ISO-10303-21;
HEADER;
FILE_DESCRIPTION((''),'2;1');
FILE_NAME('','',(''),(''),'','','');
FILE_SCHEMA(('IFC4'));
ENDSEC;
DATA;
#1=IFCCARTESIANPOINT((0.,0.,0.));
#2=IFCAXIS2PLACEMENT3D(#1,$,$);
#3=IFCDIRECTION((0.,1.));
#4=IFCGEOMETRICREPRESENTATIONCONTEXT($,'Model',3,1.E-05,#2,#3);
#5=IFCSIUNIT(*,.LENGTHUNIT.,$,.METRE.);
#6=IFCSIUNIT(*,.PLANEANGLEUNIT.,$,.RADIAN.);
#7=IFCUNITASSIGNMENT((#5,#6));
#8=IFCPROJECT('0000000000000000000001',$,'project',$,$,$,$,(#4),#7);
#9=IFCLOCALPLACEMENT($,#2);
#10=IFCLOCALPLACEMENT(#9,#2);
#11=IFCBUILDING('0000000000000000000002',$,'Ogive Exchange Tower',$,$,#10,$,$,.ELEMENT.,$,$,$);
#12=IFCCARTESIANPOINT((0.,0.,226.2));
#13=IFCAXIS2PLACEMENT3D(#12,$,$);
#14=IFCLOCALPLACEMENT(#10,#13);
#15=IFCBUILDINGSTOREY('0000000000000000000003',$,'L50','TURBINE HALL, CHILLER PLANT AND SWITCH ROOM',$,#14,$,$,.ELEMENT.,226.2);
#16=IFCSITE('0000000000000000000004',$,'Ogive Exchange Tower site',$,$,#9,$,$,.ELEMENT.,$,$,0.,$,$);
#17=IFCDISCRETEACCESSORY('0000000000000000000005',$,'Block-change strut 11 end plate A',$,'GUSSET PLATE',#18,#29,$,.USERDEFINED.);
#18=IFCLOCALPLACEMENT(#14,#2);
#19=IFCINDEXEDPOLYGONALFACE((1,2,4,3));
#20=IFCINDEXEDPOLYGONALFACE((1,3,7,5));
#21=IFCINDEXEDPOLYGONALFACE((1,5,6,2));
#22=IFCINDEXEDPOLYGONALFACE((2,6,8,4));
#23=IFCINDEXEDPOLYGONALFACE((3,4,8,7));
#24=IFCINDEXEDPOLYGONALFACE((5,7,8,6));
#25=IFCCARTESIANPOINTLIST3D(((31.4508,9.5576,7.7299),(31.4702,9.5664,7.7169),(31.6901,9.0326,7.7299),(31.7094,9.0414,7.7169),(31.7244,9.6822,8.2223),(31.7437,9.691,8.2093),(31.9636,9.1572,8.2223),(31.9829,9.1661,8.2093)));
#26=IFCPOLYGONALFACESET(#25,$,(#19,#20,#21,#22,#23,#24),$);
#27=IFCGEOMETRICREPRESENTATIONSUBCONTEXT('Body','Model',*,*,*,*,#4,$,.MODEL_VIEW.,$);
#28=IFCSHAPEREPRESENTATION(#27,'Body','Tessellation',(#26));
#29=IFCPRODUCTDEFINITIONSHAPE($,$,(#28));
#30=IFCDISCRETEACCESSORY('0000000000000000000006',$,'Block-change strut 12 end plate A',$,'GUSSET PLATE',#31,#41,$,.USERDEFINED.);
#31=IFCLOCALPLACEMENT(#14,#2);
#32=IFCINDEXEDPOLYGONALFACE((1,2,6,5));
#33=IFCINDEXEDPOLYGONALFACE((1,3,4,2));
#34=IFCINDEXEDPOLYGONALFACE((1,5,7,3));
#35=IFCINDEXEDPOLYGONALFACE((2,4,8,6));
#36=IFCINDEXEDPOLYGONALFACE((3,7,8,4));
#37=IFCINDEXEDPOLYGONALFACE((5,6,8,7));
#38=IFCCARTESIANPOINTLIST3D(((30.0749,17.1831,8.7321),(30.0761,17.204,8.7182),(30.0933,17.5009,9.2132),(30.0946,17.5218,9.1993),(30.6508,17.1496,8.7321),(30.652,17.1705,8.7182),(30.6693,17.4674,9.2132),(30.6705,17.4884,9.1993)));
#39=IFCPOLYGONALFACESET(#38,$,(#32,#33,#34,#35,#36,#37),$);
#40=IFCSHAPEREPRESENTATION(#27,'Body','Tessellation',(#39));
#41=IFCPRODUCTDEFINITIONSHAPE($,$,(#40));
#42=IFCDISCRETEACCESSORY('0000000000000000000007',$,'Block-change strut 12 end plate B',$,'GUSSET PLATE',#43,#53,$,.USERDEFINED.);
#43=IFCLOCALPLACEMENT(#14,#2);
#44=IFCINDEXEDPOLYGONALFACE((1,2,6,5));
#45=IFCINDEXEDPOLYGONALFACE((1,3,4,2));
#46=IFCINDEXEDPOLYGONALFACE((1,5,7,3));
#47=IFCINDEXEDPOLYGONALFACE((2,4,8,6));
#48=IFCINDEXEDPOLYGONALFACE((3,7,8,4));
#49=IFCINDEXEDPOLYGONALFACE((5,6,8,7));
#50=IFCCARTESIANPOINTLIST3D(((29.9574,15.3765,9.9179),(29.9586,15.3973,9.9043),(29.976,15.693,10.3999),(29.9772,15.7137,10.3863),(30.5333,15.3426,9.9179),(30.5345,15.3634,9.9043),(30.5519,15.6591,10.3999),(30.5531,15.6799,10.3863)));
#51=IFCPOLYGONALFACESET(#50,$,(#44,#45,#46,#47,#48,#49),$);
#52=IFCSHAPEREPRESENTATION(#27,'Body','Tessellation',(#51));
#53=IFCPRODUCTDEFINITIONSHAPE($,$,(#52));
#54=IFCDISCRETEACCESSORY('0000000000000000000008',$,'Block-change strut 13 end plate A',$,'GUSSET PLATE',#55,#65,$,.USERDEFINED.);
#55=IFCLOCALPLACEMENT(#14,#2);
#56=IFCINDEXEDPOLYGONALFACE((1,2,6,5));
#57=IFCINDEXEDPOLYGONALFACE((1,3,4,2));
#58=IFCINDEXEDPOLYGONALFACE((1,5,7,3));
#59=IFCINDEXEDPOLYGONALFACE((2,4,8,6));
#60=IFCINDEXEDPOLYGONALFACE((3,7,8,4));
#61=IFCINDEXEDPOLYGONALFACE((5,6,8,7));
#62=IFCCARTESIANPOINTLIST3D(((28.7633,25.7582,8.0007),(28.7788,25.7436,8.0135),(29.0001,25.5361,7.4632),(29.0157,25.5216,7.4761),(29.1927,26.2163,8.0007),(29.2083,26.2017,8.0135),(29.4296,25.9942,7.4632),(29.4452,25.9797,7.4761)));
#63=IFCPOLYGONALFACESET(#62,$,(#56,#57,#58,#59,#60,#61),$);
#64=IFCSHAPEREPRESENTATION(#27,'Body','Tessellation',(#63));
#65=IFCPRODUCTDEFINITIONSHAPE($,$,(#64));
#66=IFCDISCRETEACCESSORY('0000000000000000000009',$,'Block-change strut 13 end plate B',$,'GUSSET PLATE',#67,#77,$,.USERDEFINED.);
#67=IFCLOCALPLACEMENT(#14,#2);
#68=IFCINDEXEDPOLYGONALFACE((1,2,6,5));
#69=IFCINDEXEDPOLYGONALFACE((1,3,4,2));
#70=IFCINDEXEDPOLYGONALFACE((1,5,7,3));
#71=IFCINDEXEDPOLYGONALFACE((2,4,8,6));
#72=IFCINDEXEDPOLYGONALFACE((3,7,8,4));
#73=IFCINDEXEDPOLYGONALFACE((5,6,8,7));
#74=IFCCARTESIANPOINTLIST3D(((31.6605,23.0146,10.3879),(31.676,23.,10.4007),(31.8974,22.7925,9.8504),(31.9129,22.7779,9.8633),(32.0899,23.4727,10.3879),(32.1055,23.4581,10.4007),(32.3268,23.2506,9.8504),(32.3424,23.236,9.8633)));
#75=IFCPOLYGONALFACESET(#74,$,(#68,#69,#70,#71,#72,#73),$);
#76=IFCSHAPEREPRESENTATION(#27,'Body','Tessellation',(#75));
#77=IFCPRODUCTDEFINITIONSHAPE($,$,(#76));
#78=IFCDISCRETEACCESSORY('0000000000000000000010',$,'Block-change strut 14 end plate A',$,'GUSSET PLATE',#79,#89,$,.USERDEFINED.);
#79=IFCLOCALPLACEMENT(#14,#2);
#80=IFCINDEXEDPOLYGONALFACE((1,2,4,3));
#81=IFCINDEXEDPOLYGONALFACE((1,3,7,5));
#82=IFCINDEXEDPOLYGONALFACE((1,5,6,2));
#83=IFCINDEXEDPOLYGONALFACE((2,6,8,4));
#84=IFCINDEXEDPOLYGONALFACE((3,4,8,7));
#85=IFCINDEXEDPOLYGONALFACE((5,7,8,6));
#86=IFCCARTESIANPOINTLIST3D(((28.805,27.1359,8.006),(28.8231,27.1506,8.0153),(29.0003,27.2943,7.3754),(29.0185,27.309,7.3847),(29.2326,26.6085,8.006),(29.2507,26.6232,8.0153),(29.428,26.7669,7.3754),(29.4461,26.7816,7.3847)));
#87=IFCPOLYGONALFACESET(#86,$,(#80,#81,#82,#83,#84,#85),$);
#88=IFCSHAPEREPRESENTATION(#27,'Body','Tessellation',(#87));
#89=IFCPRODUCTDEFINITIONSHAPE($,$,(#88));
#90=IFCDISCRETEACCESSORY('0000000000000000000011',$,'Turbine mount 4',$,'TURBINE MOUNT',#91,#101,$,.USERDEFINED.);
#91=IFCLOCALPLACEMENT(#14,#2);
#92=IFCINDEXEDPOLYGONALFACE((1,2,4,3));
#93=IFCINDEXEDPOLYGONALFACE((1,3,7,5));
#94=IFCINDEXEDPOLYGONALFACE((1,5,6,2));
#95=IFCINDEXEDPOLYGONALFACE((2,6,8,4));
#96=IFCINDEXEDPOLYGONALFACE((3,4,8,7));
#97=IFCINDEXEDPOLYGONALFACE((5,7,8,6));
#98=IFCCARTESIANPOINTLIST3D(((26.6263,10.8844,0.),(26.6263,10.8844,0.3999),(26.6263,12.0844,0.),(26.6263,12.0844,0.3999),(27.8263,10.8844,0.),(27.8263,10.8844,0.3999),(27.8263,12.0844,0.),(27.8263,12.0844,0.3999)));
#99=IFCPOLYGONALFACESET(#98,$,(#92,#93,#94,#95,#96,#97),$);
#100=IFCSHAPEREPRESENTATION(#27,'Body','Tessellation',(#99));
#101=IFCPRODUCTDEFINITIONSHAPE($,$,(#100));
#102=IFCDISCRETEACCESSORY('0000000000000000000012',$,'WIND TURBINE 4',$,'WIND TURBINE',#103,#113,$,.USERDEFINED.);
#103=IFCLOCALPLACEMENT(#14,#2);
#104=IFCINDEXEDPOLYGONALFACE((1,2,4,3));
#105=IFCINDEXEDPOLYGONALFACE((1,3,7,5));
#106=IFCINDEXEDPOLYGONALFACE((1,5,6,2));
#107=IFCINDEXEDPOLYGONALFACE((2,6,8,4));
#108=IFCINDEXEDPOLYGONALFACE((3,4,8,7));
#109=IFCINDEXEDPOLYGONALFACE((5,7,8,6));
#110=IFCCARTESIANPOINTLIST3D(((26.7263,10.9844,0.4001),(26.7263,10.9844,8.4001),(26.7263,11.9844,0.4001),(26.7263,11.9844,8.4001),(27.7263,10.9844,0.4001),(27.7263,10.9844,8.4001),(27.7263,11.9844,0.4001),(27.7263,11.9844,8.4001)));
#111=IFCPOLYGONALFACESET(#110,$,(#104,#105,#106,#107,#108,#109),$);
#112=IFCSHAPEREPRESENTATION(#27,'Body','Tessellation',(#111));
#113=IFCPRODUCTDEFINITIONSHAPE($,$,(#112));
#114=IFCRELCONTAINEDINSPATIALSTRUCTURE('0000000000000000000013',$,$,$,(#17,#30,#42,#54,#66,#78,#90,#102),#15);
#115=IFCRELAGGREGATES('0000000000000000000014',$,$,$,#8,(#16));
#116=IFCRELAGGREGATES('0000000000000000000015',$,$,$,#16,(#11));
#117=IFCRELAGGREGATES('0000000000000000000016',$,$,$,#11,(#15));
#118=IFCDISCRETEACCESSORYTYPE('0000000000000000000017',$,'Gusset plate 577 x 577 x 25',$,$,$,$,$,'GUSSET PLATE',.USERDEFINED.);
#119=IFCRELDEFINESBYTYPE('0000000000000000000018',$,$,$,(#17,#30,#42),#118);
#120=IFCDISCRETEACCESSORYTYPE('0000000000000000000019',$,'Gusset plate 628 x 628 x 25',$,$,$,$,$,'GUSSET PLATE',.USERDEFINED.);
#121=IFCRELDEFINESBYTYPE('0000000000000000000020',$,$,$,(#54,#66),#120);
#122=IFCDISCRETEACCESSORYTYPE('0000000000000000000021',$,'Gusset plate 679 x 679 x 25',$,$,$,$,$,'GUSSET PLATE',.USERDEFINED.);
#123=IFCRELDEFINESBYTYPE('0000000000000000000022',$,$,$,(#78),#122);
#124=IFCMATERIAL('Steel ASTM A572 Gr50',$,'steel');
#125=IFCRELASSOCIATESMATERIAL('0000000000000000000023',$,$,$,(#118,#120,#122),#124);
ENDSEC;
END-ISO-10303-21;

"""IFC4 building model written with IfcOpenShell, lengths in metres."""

from ifc_helpers import new_model, si_unit, direction, frame, origin, origin_2d, place, context, subcontext, project, spatial, rectangle, extrude, material, material_profile, profile_set, type_object, element, save


model = new_model("IFC4")

# Units and contexts
model_context = context("Model", 3, precision=1e-05, world=origin(), true_north=direction((0.0, 1.0)))
body_context = subcontext(model_context, "Body", "Model", "MODEL_VIEW")
ifc_project = project(units=[si_unit("LENGTHUNIT", "METRE"), si_unit("PLANEANGLEUNIT", "RADIAN")], contexts=[model_context])

# Site, building, storey
site_placement = place(None, origin())
site = spatial("IfcSite", under=ifc_project, at=site_placement, Name="Ogive Exchange Tower site", CompositionType="ELEMENT", RefElevation=0.0)
building_placement = place(site_placement, origin())
building = spatial("IfcBuilding", under=site, at=building_placement, Name="Ogive Exchange Tower", CompositionType="ELEMENT")
storey_placement = place(building_placement, frame((0.0, 0.0, 226.2)))
storey = spatial("IfcBuildingStorey", under=building, at=storey_placement, Name="L50", Description="TURBINE HALL, CHILLER PLANT AND SWITCH ROOM", CompositionType="ELEMENT", Elevation=226.2)

# Discrete accessories
ifc_material_1 = material(Name="Steel ASTM A572 Gr50", Category="steel")
ifc_material_profile_1 = material_profile(ifc_material_1, rectangle(XDim=0.5769, YDim=0.5769, at=origin_2d()), Name="PL 577 x 577 x 25")
ifc_profile_set_1 = profile_set([ifc_material_profile_1], Name="Steel ASTM A572 Gr50")
discrete_accessory_type_1 = type_object("IfcDiscreteAccessoryType", Name="Gusset plate 577 x 577 x 25", ElementType="GUSSET PLATE", PredefinedType="USERDEFINED", material=ifc_profile_set_1)
for number, where, z_axis, x_axis, name in (
    (1, (31.7266, 9.3662, 7.9631), (-0.776678, -0.353929, 0.521062), (0.414671, -0.909972, 0.0), "Block-change strut 11 end plate A"),
):
    element("IfcDiscreteAccessory", number, at=place(storey_placement, frame(where, z_axis=z_axis, x_axis=x_axis)), inside=storey, type_object=discrete_accessory_type_1, Name=name, ObjectType="GUSSET PLATE", PredefinedType="USERDEFINED", context=body_context, shape_type="SweptSolid", body=[
        extrude(rectangle(XDim=0.5769, YDim=0.5769, at=origin_2d()), origin(), (0.0, 0.0, 1.0), 0.0249),
    ])
discrete_accessory_1_placement = place(storey_placement, frame((30.3733, 17.3462, 8.9587), z_axis=(-0.048405, -0.832561, 0.551814), x_axis=(0.998314, -0.058042, 0.0)))
element("IfcDiscreteAccessory", 2, at=discrete_accessory_1_placement, inside=storey, type_object=discrete_accessory_type_1, Name="Block-change strut 12 end plate A", ObjectType="GUSSET PLATE", PredefinedType="USERDEFINED", context=body_context, shape_type="SweptSolid", body=[
    extrude(rectangle(XDim=0.5769, YDim=0.5769, at=origin_2d()), origin(), (0.0, 0.0, 1.0), 0.0251),
])
discrete_accessory_2_placement = place(storey_placement, frame((30.2559, 15.5386, 10.1453), z_axis=(-0.049062, -0.834055, 0.549495), x_axis=(0.998274, -0.058722, 0.0)))
element("IfcDiscreteAccessory", 3, at=discrete_accessory_2_placement, inside=storey, type_object=discrete_accessory_type_1, Name="Block-change strut 12 end plate B", ObjectType="GUSSET PLATE", PredefinedType="USERDEFINED", context=body_context, shape_type="SweptSolid", body=[
    extrude(rectangle(XDim=0.5769, YDim=0.5769, at=origin_2d()), origin(), (0.0, 0.0, 1.0), 0.0249),
])
ifc_material_profile_2 = material_profile(ifc_material_1, rectangle(XDim=0.6279, YDim=0.6279, at=origin_2d()), Name="PL 628 x 628 x 25")
ifc_profile_set_2 = profile_set([ifc_material_profile_2], Name="Steel ASTM A572 Gr50")
discrete_accessory_type_2 = type_object("IfcDiscreteAccessoryType", Name="Gusset plate 628 x 628 x 25", ElementType="GUSSET PLATE", PredefinedType="USERDEFINED", material=ifc_profile_set_2)
for number, where, z_axis, x_axis, name in (
    (4, (29.0964, 25.8762, 7.7319), (0.624427, -0.585401, 0.517104), (0.683941, 0.729537, 0.0), "Block-change strut 13 end plate A"),
    (5, (31.9937, 23.1326, 10.1191), (0.624427, -0.585401, 0.517104), (0.683941, 0.729537, 0.0), "Block-change strut 13 end plate B"),
):
    element("IfcDiscreteAccessory", number, at=place(storey_placement, frame(where, z_axis=z_axis, x_axis=x_axis)), inside=storey, type_object=discrete_accessory_type_2, Name=name, ObjectType="GUSSET PLATE", PredefinedType="USERDEFINED", context=body_context, shape_type="SweptSolid", body=[
        extrude(rectangle(XDim=0.6279, YDim=0.6279, at=origin_2d()), origin(), (0.0, 0.0, 1.0), 0.0249),
    ])
ifc_material_profile_3 = material_profile(ifc_material_1, rectangle(XDim=0.679, YDim=0.679, at=origin_2d()), Name="PL 679 x 679 x 25")
ifc_profile_set_3 = profile_set([ifc_material_profile_3], Name="Steel ASTM A572 Gr50")
discrete_accessory_type_3 = type_object("IfcDiscreteAccessoryType", Name="Gusset plate 679 x 679 x 25", ElementType="GUSSET PLATE", PredefinedType="USERDEFINED", material=ifc_profile_set_3)
discrete_accessory_3_placement = place(storey_placement, frame((29.1165, 26.9514, 7.6907), z_axis=(0.721479, 0.584983, 0.370489), x_axis=(-0.629802, 0.776756, 0.0)))
element("IfcDiscreteAccessory", 6, at=discrete_accessory_3_placement, inside=storey, type_object=discrete_accessory_type_3, Name="Block-change strut 14 end plate A", ObjectType="GUSSET PLATE", PredefinedType="USERDEFINED", context=body_context, shape_type="SweptSolid", body=[
    extrude(rectangle(XDim=0.679, YDim=0.679, at=origin_2d()), origin(), (0.0, 0.0, 1.0), 0.0251),
])
discrete_accessory_4_placement = place(storey_placement, frame((27.2263, 11.4844, 0.0), z_axis=(0.0, 0.0, 1.0), x_axis=(1.0, 0.0, 0.0)))
element("IfcDiscreteAccessory", 7, at=discrete_accessory_4_placement, inside=storey, Name="Turbine mount 4", ObjectType="TURBINE MOUNT", PredefinedType="USERDEFINED", context=body_context, shape_type="SweptSolid", body=[
    extrude(rectangle(XDim=1.2, YDim=1.2, at=origin_2d()), origin(), (0.0, 0.0, 1.0), 0.3999),
])
discrete_accessory_5_placement = place(storey_placement, frame((27.2263, 11.4844, 0.4001), z_axis=(0.0, 0.0, 1.0), x_axis=(1.0, 0.0, 0.0)))
element("IfcDiscreteAccessory", 8, at=discrete_accessory_5_placement, inside=storey, Name="WIND TURBINE 4", ObjectType="WIND TURBINE", PredefinedType="USERDEFINED", context=body_context, shape_type="SweptSolid", body=[
    extrude(rectangle(XDim=1.0, YDim=1.0, at=origin_2d()), origin(), (0.0, 0.0, 1.0), 8.0),
])

save(model, "model.ifc")
